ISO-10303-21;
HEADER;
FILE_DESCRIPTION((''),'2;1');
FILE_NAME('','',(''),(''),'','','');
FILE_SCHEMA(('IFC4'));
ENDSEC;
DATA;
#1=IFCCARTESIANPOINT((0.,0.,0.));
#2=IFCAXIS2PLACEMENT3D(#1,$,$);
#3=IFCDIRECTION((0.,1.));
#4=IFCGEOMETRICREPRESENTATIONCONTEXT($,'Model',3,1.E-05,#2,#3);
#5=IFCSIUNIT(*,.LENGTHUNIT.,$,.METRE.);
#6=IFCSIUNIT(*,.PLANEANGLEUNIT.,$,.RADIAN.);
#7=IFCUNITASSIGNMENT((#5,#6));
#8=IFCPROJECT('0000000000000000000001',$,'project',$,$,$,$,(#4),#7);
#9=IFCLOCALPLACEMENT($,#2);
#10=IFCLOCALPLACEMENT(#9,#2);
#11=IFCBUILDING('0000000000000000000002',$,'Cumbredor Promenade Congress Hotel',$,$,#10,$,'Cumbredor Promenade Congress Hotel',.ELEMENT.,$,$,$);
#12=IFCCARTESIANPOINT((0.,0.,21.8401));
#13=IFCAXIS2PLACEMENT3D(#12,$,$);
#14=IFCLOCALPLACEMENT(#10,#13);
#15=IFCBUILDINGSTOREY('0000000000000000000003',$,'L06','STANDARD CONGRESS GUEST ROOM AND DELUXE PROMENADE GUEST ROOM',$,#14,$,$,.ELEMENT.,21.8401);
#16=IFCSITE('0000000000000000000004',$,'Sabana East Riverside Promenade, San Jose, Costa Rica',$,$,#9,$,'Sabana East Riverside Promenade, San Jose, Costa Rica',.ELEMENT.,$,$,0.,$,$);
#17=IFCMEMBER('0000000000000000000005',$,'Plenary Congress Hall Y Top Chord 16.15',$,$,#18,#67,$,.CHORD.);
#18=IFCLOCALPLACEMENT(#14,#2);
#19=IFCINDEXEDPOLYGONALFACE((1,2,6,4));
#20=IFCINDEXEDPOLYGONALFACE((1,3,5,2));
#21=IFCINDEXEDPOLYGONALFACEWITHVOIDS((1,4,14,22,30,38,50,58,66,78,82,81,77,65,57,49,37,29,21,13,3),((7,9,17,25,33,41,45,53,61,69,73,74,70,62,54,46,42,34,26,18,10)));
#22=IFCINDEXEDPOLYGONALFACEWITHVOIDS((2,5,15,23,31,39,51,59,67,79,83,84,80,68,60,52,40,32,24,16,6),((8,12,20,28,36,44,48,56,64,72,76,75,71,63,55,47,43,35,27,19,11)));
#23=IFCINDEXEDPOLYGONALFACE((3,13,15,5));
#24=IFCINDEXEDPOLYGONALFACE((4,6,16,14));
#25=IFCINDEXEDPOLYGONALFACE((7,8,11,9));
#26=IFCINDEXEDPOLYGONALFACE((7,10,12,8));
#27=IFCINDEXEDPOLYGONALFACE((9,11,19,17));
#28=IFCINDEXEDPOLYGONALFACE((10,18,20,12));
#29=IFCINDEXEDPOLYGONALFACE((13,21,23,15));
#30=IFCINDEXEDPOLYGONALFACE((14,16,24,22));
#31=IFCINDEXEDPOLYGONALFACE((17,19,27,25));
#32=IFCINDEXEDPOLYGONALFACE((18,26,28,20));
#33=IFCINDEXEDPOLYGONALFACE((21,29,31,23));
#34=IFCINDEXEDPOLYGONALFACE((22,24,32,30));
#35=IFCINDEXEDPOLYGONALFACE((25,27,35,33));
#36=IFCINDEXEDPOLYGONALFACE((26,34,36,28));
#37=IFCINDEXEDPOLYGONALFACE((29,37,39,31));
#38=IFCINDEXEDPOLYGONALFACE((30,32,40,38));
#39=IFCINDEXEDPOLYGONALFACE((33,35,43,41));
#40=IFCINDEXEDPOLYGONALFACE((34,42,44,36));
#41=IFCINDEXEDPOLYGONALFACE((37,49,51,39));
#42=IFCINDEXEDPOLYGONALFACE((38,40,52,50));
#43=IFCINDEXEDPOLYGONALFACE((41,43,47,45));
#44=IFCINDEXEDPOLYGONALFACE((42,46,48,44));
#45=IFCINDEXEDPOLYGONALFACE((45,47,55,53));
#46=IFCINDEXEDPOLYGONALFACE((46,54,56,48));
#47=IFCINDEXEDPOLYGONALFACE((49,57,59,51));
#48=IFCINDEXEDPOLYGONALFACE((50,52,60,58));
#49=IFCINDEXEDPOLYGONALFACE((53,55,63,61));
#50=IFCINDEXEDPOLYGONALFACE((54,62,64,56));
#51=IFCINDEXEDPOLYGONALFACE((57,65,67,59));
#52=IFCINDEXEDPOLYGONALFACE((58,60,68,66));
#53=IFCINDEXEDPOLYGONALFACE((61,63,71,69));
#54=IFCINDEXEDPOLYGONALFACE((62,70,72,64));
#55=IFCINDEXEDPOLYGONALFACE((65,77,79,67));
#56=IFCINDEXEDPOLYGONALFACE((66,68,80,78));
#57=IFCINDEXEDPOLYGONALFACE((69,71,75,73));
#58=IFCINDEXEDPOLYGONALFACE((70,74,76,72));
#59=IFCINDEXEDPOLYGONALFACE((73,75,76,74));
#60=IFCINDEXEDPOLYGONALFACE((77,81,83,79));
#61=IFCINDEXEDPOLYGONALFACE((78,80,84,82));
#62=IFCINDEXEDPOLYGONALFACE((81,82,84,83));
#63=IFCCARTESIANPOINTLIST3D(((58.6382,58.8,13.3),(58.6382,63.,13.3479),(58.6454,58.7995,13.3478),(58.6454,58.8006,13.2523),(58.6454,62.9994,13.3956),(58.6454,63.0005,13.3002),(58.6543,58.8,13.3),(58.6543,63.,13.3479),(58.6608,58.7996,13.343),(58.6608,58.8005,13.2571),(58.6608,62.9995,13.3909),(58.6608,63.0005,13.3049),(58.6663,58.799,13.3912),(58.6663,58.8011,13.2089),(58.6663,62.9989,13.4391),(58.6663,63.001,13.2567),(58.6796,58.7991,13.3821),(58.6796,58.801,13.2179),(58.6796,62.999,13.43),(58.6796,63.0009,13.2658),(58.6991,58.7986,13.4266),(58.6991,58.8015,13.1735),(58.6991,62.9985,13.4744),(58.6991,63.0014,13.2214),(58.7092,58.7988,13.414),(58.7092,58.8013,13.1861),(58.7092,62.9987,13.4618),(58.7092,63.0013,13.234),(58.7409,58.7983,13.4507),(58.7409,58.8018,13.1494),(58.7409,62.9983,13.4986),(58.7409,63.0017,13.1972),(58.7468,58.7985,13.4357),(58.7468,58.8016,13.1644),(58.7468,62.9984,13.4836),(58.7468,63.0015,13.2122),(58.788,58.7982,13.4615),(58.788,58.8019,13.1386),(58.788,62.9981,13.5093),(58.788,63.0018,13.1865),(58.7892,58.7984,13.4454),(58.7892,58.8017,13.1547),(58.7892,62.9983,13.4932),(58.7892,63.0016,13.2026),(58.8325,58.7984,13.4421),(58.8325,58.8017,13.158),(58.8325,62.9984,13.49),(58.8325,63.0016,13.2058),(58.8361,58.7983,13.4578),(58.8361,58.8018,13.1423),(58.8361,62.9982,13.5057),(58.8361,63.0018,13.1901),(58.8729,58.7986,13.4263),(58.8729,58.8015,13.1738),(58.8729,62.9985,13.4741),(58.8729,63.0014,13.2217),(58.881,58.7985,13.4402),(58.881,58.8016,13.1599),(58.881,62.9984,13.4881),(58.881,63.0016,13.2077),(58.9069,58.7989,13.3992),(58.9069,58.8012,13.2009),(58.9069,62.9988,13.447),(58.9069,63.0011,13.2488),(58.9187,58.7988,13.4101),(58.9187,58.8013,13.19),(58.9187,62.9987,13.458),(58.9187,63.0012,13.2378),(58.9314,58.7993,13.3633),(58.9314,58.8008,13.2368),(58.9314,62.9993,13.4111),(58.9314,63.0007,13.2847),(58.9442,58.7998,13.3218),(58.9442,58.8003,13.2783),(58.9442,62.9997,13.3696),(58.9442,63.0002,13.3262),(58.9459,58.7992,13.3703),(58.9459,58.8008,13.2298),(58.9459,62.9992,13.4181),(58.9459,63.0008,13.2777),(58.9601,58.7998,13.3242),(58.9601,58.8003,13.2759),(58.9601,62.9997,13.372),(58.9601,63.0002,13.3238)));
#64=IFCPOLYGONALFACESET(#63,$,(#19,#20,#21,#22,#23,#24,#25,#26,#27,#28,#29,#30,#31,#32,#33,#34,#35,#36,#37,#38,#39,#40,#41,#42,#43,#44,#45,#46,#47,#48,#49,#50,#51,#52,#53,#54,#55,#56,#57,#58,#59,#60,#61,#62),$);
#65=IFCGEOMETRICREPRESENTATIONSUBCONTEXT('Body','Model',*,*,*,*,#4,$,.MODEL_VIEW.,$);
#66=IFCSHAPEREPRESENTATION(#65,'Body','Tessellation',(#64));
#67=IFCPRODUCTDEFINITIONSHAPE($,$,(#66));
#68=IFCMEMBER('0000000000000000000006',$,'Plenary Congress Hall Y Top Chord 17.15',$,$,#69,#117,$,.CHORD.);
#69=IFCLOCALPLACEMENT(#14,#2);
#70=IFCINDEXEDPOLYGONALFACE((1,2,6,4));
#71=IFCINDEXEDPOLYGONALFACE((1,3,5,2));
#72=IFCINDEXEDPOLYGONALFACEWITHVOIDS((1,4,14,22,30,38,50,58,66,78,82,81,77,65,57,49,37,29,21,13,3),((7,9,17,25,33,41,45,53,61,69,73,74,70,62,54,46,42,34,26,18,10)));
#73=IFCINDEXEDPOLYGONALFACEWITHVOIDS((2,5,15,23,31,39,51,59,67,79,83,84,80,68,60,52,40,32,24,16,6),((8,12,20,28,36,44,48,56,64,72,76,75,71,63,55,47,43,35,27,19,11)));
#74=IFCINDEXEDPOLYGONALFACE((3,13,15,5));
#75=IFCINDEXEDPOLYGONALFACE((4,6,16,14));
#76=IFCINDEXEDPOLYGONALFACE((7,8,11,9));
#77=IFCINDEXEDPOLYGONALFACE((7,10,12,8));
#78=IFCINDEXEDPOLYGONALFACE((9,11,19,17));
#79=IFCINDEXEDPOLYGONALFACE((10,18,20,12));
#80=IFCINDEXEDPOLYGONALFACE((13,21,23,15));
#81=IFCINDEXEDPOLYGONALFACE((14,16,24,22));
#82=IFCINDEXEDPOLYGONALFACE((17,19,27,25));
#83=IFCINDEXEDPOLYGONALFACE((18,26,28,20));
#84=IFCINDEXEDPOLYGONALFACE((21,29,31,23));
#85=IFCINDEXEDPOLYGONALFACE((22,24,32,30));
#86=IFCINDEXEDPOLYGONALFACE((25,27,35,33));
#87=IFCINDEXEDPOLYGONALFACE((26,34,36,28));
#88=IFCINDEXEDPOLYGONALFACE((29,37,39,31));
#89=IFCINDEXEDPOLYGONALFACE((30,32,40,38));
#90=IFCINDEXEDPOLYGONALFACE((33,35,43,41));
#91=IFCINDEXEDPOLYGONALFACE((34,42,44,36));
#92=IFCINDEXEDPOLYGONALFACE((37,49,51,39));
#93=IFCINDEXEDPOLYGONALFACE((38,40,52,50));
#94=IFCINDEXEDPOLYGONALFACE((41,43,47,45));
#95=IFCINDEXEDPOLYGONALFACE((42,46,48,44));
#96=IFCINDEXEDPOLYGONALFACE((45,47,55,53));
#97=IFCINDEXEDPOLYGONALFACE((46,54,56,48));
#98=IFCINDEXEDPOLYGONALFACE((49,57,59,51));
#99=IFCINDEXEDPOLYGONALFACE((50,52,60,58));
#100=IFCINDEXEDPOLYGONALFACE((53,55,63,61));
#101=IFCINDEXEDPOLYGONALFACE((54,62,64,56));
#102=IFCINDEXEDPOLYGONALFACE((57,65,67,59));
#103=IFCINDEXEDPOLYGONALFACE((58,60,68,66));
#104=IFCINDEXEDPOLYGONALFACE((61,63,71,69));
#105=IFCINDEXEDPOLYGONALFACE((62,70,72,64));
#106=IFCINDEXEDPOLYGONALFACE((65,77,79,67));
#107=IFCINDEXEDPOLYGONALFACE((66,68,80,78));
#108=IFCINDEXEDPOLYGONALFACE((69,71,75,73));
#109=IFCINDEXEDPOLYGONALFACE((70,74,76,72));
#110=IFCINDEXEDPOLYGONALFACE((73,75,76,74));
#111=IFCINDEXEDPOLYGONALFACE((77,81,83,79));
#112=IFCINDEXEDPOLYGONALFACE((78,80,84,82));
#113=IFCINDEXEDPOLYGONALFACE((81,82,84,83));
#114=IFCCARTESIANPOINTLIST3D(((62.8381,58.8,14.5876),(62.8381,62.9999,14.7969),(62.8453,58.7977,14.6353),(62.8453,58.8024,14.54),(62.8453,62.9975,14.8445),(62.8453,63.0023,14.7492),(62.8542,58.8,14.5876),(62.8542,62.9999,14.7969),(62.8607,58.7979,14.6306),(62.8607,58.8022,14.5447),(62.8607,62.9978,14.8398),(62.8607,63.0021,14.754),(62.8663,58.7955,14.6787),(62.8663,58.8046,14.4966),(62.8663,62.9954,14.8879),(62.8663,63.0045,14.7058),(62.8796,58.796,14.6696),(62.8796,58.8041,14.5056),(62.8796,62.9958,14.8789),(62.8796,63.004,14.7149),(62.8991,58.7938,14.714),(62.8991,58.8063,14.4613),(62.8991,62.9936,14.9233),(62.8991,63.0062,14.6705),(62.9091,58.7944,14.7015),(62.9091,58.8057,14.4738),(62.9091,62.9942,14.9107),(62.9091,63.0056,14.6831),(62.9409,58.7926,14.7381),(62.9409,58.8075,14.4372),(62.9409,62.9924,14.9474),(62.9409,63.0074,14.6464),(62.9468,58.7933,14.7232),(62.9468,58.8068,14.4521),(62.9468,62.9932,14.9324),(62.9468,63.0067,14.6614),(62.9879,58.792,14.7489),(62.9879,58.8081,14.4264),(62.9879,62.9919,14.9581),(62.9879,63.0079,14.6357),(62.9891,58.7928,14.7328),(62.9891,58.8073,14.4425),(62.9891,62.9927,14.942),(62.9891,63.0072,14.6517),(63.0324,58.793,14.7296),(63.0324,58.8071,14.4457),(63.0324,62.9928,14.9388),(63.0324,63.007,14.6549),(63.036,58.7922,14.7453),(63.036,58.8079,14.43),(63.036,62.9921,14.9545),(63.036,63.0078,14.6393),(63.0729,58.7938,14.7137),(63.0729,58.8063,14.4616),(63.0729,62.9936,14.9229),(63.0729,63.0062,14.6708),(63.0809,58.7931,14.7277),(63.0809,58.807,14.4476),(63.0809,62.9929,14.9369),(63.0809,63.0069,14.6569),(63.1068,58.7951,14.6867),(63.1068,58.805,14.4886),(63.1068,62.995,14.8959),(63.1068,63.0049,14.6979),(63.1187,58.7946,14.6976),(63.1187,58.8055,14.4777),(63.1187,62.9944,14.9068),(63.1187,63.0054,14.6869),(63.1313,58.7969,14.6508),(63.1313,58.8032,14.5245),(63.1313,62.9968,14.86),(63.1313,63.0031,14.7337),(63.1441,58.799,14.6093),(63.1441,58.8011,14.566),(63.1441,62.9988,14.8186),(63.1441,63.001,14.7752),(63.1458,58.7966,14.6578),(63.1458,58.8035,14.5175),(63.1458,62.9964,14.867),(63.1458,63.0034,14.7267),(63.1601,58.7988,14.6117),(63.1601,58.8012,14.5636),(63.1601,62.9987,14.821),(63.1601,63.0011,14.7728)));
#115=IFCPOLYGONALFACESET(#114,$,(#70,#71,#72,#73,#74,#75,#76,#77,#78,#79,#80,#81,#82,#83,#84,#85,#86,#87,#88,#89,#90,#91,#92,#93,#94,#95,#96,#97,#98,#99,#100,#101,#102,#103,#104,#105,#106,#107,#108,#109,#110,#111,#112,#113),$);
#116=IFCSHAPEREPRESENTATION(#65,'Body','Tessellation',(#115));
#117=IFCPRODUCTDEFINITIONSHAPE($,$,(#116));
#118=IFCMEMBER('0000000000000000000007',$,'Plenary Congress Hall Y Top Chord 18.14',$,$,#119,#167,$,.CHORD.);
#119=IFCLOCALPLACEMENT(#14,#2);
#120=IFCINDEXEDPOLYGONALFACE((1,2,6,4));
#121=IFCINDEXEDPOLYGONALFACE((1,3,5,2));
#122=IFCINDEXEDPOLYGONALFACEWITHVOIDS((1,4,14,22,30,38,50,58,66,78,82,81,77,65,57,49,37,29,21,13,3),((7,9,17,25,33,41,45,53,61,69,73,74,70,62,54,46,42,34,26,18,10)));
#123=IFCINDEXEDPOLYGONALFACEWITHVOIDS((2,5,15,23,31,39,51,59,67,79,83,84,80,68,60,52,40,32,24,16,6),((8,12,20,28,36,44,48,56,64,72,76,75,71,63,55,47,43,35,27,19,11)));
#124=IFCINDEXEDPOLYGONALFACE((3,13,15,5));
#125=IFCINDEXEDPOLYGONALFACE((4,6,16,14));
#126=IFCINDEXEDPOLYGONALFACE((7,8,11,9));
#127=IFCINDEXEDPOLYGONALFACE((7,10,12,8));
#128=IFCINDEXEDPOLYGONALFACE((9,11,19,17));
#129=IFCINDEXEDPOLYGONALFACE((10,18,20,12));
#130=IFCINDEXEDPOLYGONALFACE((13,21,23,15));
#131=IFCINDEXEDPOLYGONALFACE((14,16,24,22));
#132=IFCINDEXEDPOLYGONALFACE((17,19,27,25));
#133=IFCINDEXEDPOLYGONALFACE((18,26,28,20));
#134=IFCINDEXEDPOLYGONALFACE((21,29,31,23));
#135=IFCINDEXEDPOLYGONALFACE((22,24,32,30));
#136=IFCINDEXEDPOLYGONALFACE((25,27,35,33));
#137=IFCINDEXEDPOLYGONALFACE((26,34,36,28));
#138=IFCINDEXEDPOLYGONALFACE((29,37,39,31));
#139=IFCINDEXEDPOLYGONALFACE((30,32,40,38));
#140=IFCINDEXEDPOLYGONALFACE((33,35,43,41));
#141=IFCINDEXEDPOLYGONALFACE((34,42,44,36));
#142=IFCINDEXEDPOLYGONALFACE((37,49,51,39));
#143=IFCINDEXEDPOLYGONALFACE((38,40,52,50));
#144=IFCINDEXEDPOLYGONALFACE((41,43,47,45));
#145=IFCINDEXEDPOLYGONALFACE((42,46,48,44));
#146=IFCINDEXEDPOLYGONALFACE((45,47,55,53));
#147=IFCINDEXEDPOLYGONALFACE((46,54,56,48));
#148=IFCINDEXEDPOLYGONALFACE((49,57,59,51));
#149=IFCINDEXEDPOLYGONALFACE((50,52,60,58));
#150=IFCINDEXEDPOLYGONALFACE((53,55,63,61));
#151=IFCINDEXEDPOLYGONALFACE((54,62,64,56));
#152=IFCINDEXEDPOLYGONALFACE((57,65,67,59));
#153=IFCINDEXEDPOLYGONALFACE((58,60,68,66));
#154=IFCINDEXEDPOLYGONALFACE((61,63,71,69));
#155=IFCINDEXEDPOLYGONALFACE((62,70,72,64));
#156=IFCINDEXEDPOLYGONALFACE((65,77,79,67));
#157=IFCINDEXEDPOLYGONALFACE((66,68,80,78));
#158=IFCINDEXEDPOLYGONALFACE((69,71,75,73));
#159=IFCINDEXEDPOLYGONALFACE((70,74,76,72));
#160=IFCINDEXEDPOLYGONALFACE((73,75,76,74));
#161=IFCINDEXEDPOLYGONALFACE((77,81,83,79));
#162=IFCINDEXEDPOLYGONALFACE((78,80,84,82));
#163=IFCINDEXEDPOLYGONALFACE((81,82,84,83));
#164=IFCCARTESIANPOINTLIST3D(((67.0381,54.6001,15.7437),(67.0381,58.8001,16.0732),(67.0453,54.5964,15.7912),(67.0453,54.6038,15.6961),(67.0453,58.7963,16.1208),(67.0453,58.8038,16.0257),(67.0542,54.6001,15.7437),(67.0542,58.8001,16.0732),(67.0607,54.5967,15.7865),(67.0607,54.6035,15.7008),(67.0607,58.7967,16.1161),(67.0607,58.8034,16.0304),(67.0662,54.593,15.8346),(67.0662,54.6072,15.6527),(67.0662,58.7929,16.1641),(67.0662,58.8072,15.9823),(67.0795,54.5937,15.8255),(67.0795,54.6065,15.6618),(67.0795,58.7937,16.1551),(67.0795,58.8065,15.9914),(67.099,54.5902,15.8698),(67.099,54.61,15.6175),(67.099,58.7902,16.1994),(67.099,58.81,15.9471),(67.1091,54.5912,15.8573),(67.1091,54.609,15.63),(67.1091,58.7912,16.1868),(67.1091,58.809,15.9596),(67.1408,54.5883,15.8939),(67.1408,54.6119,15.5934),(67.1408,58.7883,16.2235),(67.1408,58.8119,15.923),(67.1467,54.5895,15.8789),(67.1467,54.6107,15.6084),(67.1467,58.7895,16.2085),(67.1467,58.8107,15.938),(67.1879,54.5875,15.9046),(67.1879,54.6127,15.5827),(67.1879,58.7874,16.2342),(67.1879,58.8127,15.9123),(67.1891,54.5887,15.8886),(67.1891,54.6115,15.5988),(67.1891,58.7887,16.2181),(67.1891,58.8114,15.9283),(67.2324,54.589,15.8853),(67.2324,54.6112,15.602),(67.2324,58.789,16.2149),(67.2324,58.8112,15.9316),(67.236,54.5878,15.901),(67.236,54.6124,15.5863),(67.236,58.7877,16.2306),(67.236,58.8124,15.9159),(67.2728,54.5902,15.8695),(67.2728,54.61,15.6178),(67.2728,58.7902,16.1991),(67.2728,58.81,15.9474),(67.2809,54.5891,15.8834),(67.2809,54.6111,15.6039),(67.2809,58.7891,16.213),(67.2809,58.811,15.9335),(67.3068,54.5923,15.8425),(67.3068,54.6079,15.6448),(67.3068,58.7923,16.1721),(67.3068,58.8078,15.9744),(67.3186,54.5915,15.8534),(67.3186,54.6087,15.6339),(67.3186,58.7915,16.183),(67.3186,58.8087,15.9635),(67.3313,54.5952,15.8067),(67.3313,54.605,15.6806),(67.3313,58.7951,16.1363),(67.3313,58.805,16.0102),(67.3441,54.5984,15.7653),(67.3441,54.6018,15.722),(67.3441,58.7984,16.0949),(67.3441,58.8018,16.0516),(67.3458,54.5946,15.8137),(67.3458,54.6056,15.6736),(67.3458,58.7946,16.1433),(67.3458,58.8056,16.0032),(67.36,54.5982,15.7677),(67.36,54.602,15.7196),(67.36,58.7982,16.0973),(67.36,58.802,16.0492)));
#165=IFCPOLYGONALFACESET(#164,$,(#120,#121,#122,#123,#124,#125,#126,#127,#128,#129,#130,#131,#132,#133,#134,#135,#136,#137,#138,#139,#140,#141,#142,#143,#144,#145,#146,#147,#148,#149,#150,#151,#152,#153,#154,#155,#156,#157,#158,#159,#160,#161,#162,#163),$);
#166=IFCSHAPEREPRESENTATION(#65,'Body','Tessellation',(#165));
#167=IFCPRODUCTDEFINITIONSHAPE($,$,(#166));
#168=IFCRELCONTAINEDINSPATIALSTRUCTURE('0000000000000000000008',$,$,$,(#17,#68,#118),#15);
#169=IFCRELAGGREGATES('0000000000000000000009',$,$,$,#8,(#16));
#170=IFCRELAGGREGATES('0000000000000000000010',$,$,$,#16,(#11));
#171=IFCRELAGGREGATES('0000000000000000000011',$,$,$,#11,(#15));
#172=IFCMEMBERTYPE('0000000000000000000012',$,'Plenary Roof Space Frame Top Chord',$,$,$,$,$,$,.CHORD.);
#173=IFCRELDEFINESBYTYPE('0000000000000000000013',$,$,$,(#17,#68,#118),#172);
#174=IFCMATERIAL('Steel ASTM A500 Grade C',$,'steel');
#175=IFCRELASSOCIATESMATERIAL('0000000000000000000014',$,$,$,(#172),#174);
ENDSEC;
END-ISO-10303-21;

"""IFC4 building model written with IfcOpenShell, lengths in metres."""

from ifc_helpers import new_model, si_unit, direction, frame, origin, origin_2d, place, context, subcontext, project, spatial, hollow_circle, extrude, material, material_profile, profile_set, type_object, element, save


model = new_model("IFC4")

# Units and contexts
model_context = context("Model", 3, precision=1e-05, world=origin(), true_north=direction((0.0, 1.0)))
body_context = subcontext(model_context, "Body", "Model", "MODEL_VIEW")
ifc_project = project(units=[si_unit("LENGTHUNIT", "METRE"), si_unit("PLANEANGLEUNIT", "RADIAN")], contexts=[model_context])

# Site, building, storey
site_placement = place(None, origin())
site = spatial("IfcSite", under=ifc_project, at=site_placement, Name="Sabana East Riverside Promenade, San Jose, Costa Rica", LongName="Sabana East Riverside Promenade, San Jose, Costa Rica", CompositionType="ELEMENT", RefElevation=0.0)
building_placement = place(site_placement, origin())
building = spatial("IfcBuilding", under=site, at=building_placement, Name="Cumbredor Promenade Congress Hotel", LongName="Cumbredor Promenade Congress Hotel", CompositionType="ELEMENT")
storey_placement = place(building_placement, frame((0.0, 0.0, 21.8401)))
storey = spatial("IfcBuildingStorey", under=building, at=storey_placement, Name="L06", Description="STANDARD CONGRESS GUEST ROOM AND DELUXE PROMENADE GUEST ROOM", CompositionType="ELEMENT", Elevation=21.8401)

# Members
ifc_material_1 = material(Name="Steel ASTM A500 Grade C", Category="steel")
ifc_material_profile_1 = material_profile(ifc_material_1, hollow_circle(Radius=0.1619, WallThickness=0.0161, at=origin_2d()), Name="CHS 323.9x16")
ifc_profile_set_1 = profile_set([ifc_material_profile_1], Name="Steel ASTM A500 Grade C")
member_type_1 = type_object("IfcMemberType", Name="Plenary Roof Space Frame Top Chord", PredefinedType="CHORD", material=ifc_profile_set_1)
member_1_placement = place(storey_placement, frame((58.8, 58.8, 13.3), z_axis=(0.0, 0.999935, 0.011393), x_axis=(-1.0, 0.0, 0.0)))
element("IfcMember", 1, at=member_1_placement, inside=storey, type_object=member_type_1, Name="Plenary Congress Hall Y Top Chord 16.15", PredefinedType="CHORD", context=body_context, shape_type="SweptSolid", body=[
    extrude(hollow_circle(Radius=0.1619, WallThickness=0.0161, at=origin_2d()), origin(), (0.0, 0.0, 1.0), 4.2002),
])
member_2_placement = place(storey_placement, frame((63.0, 58.8, 14.5876), z_axis=(0.0, 0.998761, 0.049755), x_axis=(-1.0, 0.0, 0.0)))
element("IfcMember", 2, at=member_2_placement, inside=storey, type_object=member_type_1, Name="Plenary Congress Hall Y Top Chord 17.15", PredefinedType="CHORD", context=body_context, shape_type="SweptSolid", body=[
    extrude(hollow_circle(Radius=0.1619, WallThickness=0.0161, at=origin_2d()), origin(), (0.0, 0.0, 1.0), 4.2051),
])
member_3_placement = place(storey_placement, frame((67.2, 54.6001, 15.7437), z_axis=(0.0, 0.996935, 0.078234), x_axis=(-1.0, 0.0, 0.0)))
element("IfcMember", 3, at=member_3_placement, inside=storey, type_object=member_type_1, Name="Plenary Congress Hall Y Top Chord 18.14", PredefinedType="CHORD", context=body_context, shape_type="SweptSolid", body=[
    extrude(hollow_circle(Radius=0.1619, WallThickness=0.0161, at=origin_2d()), origin(), (0.0, 0.0, 1.0), 4.2129),
])

save(model, "model.ifc")
